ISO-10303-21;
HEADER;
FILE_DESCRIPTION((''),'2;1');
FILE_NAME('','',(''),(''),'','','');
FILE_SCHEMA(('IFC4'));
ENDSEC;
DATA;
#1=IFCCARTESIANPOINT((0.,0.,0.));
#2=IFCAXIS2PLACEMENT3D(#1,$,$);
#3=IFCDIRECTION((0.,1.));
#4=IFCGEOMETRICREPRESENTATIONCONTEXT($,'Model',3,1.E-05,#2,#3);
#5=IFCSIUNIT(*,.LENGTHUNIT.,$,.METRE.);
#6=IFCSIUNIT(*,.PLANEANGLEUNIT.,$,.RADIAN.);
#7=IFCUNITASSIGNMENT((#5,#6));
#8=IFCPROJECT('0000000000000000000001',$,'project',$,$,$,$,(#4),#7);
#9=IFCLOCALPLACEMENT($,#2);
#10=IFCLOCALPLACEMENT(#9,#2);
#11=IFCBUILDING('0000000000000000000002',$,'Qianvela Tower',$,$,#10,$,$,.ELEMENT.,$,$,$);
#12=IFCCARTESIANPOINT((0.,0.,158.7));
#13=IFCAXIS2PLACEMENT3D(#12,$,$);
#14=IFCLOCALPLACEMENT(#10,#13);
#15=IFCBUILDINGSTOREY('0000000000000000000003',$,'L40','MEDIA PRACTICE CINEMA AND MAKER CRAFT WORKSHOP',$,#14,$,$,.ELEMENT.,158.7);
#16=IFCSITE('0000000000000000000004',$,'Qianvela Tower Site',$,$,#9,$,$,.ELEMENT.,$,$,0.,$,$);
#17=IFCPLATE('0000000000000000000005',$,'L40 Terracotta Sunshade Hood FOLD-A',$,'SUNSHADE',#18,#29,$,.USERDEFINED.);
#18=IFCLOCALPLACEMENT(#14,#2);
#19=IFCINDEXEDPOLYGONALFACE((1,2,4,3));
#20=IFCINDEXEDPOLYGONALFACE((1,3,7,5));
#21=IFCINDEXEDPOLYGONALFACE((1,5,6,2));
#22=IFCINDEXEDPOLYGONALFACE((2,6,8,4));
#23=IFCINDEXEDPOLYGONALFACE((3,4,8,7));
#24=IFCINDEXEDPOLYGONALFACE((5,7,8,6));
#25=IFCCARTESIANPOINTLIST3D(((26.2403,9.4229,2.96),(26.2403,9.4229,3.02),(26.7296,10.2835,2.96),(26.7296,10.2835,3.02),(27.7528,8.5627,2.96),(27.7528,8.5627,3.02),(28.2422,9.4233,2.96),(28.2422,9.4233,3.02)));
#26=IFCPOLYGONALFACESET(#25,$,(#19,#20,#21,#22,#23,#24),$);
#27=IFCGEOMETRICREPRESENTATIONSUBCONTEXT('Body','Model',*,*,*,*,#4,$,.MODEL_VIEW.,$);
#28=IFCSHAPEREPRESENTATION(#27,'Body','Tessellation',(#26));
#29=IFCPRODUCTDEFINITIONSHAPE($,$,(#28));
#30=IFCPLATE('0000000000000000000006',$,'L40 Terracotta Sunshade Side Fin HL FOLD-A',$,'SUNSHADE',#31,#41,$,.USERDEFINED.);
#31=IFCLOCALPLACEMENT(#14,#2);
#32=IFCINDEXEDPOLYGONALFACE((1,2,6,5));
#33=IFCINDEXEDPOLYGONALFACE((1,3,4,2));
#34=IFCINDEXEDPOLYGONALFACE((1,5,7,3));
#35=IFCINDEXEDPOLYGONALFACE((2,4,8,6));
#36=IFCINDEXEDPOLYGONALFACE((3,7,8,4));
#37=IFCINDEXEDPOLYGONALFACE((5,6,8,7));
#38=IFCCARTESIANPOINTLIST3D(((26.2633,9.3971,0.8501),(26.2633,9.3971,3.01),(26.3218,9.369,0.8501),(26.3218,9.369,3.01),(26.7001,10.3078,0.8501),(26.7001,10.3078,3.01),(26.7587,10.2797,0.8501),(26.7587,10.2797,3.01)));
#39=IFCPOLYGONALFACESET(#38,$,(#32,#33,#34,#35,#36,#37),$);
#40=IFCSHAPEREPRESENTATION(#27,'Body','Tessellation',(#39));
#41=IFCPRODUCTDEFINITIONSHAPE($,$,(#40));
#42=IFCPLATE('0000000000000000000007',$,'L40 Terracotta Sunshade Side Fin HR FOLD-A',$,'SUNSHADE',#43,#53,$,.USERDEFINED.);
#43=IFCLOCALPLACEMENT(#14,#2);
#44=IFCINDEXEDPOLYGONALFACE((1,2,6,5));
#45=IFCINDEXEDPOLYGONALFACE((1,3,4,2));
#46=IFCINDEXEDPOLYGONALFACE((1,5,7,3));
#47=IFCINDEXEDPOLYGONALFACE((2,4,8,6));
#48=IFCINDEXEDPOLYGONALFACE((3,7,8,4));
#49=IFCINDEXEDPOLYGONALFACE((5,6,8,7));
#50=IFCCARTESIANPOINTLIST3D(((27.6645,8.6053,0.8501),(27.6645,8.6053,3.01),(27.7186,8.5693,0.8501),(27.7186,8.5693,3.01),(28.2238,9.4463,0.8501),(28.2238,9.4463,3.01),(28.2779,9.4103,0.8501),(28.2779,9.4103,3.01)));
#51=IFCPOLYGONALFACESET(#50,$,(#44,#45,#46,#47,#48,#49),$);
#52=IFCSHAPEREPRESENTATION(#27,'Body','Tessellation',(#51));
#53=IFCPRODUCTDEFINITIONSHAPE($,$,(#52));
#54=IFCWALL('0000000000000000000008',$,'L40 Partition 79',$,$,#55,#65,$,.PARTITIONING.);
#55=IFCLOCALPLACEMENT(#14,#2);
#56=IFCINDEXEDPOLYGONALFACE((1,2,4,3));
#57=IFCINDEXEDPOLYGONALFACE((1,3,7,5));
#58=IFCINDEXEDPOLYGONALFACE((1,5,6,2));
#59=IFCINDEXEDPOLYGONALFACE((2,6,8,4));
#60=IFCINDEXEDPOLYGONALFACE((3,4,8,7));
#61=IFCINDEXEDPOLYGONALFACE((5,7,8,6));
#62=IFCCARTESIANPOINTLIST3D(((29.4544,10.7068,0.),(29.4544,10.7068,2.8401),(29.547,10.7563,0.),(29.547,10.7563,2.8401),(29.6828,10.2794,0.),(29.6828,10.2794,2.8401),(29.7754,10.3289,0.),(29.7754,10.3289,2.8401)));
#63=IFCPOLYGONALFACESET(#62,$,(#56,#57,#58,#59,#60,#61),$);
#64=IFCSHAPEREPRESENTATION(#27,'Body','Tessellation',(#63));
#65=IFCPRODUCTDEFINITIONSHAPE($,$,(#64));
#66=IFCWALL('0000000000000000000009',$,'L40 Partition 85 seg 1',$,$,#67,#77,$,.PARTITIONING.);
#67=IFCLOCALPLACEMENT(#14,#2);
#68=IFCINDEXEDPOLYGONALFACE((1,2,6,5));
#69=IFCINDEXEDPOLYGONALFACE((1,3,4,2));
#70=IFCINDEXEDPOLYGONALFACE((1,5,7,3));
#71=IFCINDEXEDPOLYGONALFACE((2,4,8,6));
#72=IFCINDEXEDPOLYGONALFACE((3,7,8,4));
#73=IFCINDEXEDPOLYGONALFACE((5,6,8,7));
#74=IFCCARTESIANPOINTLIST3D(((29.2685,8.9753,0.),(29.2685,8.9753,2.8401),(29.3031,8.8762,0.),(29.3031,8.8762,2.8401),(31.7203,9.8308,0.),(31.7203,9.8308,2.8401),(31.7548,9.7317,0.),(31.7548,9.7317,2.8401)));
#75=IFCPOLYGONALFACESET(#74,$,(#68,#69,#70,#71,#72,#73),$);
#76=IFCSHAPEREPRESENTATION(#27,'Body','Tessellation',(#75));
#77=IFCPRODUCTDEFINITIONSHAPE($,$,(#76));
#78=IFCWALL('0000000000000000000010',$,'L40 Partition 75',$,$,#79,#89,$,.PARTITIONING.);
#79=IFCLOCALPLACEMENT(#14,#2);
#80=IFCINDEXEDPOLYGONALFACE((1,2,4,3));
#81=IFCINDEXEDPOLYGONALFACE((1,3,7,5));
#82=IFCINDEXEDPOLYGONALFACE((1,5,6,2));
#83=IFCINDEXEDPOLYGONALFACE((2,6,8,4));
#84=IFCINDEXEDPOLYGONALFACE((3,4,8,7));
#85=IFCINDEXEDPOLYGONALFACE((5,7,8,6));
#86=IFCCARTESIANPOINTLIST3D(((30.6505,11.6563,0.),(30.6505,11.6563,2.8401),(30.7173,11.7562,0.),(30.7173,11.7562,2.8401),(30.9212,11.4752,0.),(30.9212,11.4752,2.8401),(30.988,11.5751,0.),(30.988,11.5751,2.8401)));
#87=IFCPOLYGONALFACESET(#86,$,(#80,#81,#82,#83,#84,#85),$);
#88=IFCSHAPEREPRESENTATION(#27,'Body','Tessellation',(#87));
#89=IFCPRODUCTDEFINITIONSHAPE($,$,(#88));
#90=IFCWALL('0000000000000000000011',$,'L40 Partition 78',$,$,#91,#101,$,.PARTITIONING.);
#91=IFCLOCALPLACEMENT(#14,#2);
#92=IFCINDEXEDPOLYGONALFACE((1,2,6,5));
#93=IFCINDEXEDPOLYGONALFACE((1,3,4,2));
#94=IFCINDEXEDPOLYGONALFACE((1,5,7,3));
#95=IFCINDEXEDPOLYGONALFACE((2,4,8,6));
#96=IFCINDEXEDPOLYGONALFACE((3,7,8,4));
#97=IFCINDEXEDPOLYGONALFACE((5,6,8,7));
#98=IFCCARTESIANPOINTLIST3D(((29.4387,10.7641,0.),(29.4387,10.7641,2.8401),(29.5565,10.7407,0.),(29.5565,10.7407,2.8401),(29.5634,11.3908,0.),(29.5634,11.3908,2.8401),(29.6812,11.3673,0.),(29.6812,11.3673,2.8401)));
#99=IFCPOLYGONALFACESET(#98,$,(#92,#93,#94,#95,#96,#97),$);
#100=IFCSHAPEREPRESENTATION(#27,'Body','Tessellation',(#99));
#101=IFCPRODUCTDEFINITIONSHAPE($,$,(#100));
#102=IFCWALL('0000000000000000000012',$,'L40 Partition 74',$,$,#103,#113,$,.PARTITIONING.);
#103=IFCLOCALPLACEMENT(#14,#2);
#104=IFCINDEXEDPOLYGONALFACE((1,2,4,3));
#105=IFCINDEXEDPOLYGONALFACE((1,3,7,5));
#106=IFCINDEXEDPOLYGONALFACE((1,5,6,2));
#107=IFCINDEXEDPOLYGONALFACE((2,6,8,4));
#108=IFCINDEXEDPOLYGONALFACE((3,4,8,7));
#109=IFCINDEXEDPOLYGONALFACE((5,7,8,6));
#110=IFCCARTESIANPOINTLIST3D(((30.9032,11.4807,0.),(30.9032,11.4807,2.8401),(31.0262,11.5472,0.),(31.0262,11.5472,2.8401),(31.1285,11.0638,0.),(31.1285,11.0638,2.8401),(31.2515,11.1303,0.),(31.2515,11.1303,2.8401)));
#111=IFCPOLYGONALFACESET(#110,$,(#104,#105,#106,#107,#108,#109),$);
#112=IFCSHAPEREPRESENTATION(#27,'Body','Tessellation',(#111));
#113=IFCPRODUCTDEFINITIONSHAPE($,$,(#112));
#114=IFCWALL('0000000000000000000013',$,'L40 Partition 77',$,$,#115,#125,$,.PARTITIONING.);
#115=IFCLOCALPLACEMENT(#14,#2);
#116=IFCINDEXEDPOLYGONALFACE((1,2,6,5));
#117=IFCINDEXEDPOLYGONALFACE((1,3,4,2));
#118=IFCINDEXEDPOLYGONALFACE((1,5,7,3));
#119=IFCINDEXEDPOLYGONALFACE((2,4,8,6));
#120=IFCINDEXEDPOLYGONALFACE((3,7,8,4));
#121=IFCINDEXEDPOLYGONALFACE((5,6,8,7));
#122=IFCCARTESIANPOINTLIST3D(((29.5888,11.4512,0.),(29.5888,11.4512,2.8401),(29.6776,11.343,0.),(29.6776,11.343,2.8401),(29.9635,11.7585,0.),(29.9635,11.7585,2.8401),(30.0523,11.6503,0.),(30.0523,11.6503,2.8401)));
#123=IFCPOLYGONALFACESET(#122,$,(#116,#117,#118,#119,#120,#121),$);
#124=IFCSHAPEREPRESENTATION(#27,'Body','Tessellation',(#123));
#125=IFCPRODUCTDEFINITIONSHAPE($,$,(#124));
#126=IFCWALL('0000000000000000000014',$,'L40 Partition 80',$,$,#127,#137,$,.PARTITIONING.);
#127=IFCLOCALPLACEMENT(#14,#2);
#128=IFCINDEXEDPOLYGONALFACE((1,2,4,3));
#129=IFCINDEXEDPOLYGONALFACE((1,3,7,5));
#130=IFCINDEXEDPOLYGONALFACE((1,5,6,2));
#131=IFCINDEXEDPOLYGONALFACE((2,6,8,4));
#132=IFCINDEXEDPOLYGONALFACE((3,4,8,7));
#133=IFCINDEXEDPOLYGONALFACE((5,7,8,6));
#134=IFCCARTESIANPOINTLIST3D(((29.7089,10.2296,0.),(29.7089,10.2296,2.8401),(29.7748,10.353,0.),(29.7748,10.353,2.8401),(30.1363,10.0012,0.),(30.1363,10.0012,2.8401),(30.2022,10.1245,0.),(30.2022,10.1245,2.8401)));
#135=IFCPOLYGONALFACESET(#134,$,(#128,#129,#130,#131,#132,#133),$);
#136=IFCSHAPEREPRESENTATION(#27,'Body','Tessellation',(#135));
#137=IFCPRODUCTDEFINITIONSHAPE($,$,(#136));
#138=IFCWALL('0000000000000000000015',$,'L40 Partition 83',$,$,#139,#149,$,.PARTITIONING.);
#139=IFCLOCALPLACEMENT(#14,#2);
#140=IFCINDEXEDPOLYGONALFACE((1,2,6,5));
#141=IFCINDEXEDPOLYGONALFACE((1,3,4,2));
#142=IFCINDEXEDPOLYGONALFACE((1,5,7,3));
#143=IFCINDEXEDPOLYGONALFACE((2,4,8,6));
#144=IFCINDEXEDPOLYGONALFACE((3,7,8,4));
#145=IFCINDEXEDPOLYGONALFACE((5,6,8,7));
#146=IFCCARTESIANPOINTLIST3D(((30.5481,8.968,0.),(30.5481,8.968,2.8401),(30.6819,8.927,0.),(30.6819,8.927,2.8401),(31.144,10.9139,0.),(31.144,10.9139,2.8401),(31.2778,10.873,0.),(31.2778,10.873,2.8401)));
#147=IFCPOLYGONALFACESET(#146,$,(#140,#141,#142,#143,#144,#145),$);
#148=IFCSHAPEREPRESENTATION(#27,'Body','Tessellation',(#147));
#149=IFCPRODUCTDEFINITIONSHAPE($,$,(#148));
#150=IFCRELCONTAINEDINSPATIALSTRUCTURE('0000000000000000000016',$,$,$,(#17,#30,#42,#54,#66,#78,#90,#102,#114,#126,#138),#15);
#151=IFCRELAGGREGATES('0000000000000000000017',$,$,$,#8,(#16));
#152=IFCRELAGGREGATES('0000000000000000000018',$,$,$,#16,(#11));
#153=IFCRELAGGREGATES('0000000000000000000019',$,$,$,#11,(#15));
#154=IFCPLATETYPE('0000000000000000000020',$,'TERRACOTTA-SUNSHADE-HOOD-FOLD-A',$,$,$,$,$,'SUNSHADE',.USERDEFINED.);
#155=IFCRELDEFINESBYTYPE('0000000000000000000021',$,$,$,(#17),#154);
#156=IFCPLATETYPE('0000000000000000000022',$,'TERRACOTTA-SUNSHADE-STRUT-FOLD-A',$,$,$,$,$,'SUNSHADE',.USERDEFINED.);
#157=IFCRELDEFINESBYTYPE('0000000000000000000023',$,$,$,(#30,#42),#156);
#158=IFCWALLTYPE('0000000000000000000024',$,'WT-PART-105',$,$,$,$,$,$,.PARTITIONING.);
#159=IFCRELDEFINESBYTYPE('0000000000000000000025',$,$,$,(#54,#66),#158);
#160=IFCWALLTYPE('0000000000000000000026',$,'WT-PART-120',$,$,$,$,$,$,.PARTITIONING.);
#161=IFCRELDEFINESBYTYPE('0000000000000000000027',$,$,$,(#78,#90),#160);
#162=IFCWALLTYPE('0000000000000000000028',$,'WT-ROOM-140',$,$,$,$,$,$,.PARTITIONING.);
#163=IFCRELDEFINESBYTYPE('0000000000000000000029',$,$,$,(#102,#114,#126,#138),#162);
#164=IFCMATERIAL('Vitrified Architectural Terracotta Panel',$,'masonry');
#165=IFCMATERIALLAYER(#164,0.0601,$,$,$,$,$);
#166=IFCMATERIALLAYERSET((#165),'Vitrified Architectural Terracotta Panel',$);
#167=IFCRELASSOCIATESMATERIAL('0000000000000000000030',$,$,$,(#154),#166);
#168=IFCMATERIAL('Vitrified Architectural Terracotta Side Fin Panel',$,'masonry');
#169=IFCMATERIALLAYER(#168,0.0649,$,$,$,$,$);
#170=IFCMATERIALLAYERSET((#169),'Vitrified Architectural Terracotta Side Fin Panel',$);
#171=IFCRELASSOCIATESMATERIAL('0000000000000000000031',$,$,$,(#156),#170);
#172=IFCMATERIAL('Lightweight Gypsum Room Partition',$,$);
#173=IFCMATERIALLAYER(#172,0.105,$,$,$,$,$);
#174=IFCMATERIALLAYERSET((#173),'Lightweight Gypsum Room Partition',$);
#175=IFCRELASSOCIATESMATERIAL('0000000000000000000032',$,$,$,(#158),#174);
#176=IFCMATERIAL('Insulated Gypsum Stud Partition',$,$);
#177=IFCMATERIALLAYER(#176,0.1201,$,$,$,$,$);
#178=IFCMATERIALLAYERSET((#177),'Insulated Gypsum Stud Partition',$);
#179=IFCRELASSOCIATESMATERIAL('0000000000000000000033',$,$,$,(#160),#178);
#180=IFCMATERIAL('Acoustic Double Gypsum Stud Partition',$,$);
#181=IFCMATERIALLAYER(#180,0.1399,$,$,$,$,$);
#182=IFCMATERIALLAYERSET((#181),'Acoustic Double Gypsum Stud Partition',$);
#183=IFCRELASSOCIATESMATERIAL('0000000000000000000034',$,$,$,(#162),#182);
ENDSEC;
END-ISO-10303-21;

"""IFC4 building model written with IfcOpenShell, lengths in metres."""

from ifc_helpers import new_model, si_unit, direction, frame, frame_2d, origin, origin_2d, place, context, subcontext, project, spatial, rectangle, extrude, material, layer, layer_set, type_object, element, save


model = new_model("IFC4")

# Units and contexts
model_context = context("Model", 3, precision=1e-05, world=origin(), true_north=direction((0.0, 1.0)))
body_context = subcontext(model_context, "Body", "Model", "MODEL_VIEW")
ifc_project = project(units=[si_unit("LENGTHUNIT", "METRE"), si_unit("PLANEANGLEUNIT", "RADIAN")], contexts=[model_context])

# Site, building, storey
site_placement = place(None, origin())
site = spatial("IfcSite", under=ifc_project, at=site_placement, Name="Qianvela Tower Site", CompositionType="ELEMENT", RefElevation=0.0)
building_placement = place(site_placement, origin())
building = spatial("IfcBuilding", under=site, at=building_placement, Name="Qianvela Tower", CompositionType="ELEMENT")
storey_placement = place(building_placement, frame((0.0, 0.0, 158.7)))
storey = spatial("IfcBuildingStorey", under=building, at=storey_placement, Name="L40", Description="MEDIA PRACTICE CINEMA AND MAKER CRAFT WORKSHOP", CompositionType="ELEMENT", Elevation=158.7)

# Plates
ifc_material_1 = material(Name="Vitrified Architectural Terracotta Panel", Category="masonry")
ifc_layer_1 = layer(ifc_material_1, 0.0601)
ifc_layer_set_1 = layer_set([ifc_layer_1], Name="Vitrified Architectural Terracotta Panel")
plate_type_1 = type_object("IfcPlateType", Name="TERRACOTTA-SUNSHADE-HOOD-FOLD-A", ElementType="SUNSHADE", PredefinedType="USERDEFINED", material=ifc_layer_set_1)
plate_1_placement = place(storey_placement, frame((27.2412, 9.4231, 2.96), z_axis=(0.0, 0.0, 1.0), x_axis=(0.869268, -0.494341, 0.0)))
element("IfcPlate", 1, at=plate_1_placement, inside=storey, type_object=plate_type_1, Name="L40 Terracotta Sunshade Hood FOLD-A", ObjectType="SUNSHADE", PredefinedType="USERDEFINED", context=body_context, shape_type="SweptSolid", body=[
    extrude(rectangle(XDim=1.74, YDim=0.99, at=origin_2d()), origin(), (0.0, 0.0, 1.0), 0.0601),
])
ifc_material_2 = material(Name="Vitrified Architectural Terracotta Side Fin Panel", Category="masonry")
ifc_layer_2 = layer(ifc_material_2, 0.0649)
ifc_layer_set_2 = layer_set([ifc_layer_2], Name="Vitrified Architectural Terracotta Side Fin Panel")
plate_type_2 = type_object("IfcPlateType", Name="TERRACOTTA-SUNSHADE-STRUT-FOLD-A", ElementType="SUNSHADE", PredefinedType="USERDEFINED", material=ifc_layer_set_2)
for number, where, z_axis, x_axis, name in (
    (2, (26.511, 9.8384, 0.8501), (0.0, 0.0, 1.0), (0.901634, -0.4325, 0.0), "L40 Terracotta Sunshade Side Fin HL FOLD-A"),
    (3, (27.9712, 9.0078, 0.8501), (0.0, 0.0, 1.0), (0.832667, -0.553774, 0.0), "L40 Terracotta Sunshade Side Fin HR FOLD-A"),
):
    element("IfcPlate", number, at=place(storey_placement, frame(where, z_axis=z_axis, x_axis=x_axis)), inside=storey, type_object=plate_type_2, Name=name, ObjectType="SUNSHADE", PredefinedType="USERDEFINED", context=body_context, shape_type="SweptSolid", body=[
        extrude(rectangle(XDim=0.0649, YDim=1.01, at=origin_2d()), origin(), (0.0, 0.0, 1.0), 2.1599),
    ])

# Walls
ifc_material_3 = material(Name="Lightweight Gypsum Room Partition")
ifc_layer_3 = layer(ifc_material_3, 0.105)
ifc_layer_set_3 = layer_set([ifc_layer_3], Name="Lightweight Gypsum Room Partition")
wall_type_1 = type_object("IfcWallType", Name="WT-PART-105", PredefinedType="PARTITIONING", material=ifc_layer_set_3)
wall_1_placement = place(storey_placement, frame((29.5007, 10.7314, 0.0), z_axis=(0.0, 0.0, 1.0), x_axis=(0.471425, -0.881906, 0.0)))
element("IfcWall", 4, at=wall_1_placement, inside=storey, type_object=wall_type_1, Name="L40 Partition 79", PredefinedType="PARTITIONING", context=body_context, shape_type="SweptSolid", body=[
    extrude(rectangle(XDim=0.4846, YDim=0.105, at=frame_2d((0.2422, 0.0))), origin(), (0.0, 0.0, 1.0), 2.8401),
])
wall_2_placement = place(storey_placement, frame((31.7375, 9.7812, 0.0), z_axis=(0.0, 0.0, 1.0), x_axis=(-0.944172, -0.329454, 0.0)))
element("IfcWall", 5, at=wall_2_placement, inside=storey, type_object=wall_type_1, Name="L40 Partition 85 seg 1", PredefinedType="PARTITIONING", context=body_context, shape_type="SweptSolid", body=[
    extrude(rectangle(XDim=2.5967, YDim=0.105, at=frame_2d((1.2983, 0.0))), origin(), (0.0, 0.0, 1.0), 2.8401),
])
ifc_material_4 = material(Name="Insulated Gypsum Stud Partition")
ifc_layer_4 = layer(ifc_material_4, 0.1201)
ifc_layer_set_4 = layer_set([ifc_layer_4], Name="Insulated Gypsum Stud Partition")
wall_type_2 = type_object("IfcWallType", Name="WT-PART-120", PredefinedType="PARTITIONING", material=ifc_layer_set_4)
wall_3_placement = place(storey_placement, frame((30.9546, 11.5251, 0.0), z_axis=(0.0, 0.0, 1.0), x_axis=(-0.831127, 0.556083, 0.0)))
element("IfcWall", 6, at=wall_3_placement, inside=storey, type_object=wall_type_2, Name="L40 Partition 75", PredefinedType="PARTITIONING", context=body_context, shape_type="SweptSolid", body=[
    extrude(rectangle(XDim=0.3257, YDim=0.1201, at=frame_2d((0.1628, 0.0))), origin(), (0.0, 0.0, 1.0), 2.8401),
])
wall_4_placement = place(storey_placement, frame((29.6223, 11.3789, 0.0), z_axis=(0.0, 0.0, 1.0), x_axis=(-0.195234, -0.980757, 0.0)))
element("IfcWall", 7, at=wall_4_placement, inside=storey, type_object=wall_type_2, Name="L40 Partition 78", PredefinedType="PARTITIONING", context=body_context, shape_type="SweptSolid", body=[
    extrude(rectangle(XDim=0.6389, YDim=0.1201, at=frame_2d((0.3193, 0.0))), origin(), (0.0, 0.0, 1.0), 2.8401),
])
ifc_material_5 = material(Name="Acoustic Double Gypsum Stud Partition")
ifc_layer_5 = layer(ifc_material_5, 0.1399)
ifc_layer_set_5 = layer_set([ifc_layer_5], Name="Acoustic Double Gypsum Stud Partition")
wall_type_3 = type_object("IfcWallType", Name="WT-ROOM-140", PredefinedType="PARTITIONING", material=ifc_layer_set_5)
wall_5_placement = place(storey_placement, frame((31.1899, 11.0972, 0.0), z_axis=(0.0, 0.0, 1.0), x_axis=(-0.47542, 0.879759, 0.0)))
element("IfcWall", 8, at=wall_5_placement, inside=storey, type_object=wall_type_3, Name="L40 Partition 74", PredefinedType="PARTITIONING", context=body_context, shape_type="SweptSolid", body=[
    extrude(rectangle(XDim=0.4739, YDim=0.1399, at=frame_2d((0.2368, 0.0))), origin(), (0.0, 0.0, 1.0), 2.8401),
])
for number, where, z_axis, x_axis, name in (
    (9, (30.0078, 11.7043, 0.0), (0.0, 0.0, 1.0), (-0.773194, -0.63417, 0.0), "L40 Partition 77"),
    (10, (29.7419, 10.2913, 0.0), (0.0, 0.0, 1.0), (0.881906, -0.471425, 0.0), "L40 Partition 80"),
):
    element("IfcWall", number, at=place(storey_placement, frame(where, z_axis=z_axis, x_axis=x_axis)), inside=storey, type_object=wall_type_3, Name=name, PredefinedType="PARTITIONING", context=body_context, shape_type="SweptSolid", body=[
        extrude(rectangle(XDim=0.4846, YDim=0.1399, at=frame_2d((0.2422, 0.0))), origin(), (0.0, 0.0, 1.0), 2.8401),
    ])
wall_6_placement = place(storey_placement, frame((30.615, 8.9475, 0.0), z_axis=(0.0, 0.0, 1.0), x_axis=(0.292813, 0.95617, 0.0)))
element("IfcWall", 11, at=wall_6_placement, inside=storey, type_object=wall_type_3, Name="L40 Partition 83", PredefinedType="PARTITIONING", context=body_context, shape_type="SweptSolid", body=[
    extrude(rectangle(XDim=2.0352, YDim=0.1399, at=frame_2d((1.0176, 0.0))), origin(), (0.0, 0.0, 1.0), 2.8401),
])

save(model, "model.ifc")
